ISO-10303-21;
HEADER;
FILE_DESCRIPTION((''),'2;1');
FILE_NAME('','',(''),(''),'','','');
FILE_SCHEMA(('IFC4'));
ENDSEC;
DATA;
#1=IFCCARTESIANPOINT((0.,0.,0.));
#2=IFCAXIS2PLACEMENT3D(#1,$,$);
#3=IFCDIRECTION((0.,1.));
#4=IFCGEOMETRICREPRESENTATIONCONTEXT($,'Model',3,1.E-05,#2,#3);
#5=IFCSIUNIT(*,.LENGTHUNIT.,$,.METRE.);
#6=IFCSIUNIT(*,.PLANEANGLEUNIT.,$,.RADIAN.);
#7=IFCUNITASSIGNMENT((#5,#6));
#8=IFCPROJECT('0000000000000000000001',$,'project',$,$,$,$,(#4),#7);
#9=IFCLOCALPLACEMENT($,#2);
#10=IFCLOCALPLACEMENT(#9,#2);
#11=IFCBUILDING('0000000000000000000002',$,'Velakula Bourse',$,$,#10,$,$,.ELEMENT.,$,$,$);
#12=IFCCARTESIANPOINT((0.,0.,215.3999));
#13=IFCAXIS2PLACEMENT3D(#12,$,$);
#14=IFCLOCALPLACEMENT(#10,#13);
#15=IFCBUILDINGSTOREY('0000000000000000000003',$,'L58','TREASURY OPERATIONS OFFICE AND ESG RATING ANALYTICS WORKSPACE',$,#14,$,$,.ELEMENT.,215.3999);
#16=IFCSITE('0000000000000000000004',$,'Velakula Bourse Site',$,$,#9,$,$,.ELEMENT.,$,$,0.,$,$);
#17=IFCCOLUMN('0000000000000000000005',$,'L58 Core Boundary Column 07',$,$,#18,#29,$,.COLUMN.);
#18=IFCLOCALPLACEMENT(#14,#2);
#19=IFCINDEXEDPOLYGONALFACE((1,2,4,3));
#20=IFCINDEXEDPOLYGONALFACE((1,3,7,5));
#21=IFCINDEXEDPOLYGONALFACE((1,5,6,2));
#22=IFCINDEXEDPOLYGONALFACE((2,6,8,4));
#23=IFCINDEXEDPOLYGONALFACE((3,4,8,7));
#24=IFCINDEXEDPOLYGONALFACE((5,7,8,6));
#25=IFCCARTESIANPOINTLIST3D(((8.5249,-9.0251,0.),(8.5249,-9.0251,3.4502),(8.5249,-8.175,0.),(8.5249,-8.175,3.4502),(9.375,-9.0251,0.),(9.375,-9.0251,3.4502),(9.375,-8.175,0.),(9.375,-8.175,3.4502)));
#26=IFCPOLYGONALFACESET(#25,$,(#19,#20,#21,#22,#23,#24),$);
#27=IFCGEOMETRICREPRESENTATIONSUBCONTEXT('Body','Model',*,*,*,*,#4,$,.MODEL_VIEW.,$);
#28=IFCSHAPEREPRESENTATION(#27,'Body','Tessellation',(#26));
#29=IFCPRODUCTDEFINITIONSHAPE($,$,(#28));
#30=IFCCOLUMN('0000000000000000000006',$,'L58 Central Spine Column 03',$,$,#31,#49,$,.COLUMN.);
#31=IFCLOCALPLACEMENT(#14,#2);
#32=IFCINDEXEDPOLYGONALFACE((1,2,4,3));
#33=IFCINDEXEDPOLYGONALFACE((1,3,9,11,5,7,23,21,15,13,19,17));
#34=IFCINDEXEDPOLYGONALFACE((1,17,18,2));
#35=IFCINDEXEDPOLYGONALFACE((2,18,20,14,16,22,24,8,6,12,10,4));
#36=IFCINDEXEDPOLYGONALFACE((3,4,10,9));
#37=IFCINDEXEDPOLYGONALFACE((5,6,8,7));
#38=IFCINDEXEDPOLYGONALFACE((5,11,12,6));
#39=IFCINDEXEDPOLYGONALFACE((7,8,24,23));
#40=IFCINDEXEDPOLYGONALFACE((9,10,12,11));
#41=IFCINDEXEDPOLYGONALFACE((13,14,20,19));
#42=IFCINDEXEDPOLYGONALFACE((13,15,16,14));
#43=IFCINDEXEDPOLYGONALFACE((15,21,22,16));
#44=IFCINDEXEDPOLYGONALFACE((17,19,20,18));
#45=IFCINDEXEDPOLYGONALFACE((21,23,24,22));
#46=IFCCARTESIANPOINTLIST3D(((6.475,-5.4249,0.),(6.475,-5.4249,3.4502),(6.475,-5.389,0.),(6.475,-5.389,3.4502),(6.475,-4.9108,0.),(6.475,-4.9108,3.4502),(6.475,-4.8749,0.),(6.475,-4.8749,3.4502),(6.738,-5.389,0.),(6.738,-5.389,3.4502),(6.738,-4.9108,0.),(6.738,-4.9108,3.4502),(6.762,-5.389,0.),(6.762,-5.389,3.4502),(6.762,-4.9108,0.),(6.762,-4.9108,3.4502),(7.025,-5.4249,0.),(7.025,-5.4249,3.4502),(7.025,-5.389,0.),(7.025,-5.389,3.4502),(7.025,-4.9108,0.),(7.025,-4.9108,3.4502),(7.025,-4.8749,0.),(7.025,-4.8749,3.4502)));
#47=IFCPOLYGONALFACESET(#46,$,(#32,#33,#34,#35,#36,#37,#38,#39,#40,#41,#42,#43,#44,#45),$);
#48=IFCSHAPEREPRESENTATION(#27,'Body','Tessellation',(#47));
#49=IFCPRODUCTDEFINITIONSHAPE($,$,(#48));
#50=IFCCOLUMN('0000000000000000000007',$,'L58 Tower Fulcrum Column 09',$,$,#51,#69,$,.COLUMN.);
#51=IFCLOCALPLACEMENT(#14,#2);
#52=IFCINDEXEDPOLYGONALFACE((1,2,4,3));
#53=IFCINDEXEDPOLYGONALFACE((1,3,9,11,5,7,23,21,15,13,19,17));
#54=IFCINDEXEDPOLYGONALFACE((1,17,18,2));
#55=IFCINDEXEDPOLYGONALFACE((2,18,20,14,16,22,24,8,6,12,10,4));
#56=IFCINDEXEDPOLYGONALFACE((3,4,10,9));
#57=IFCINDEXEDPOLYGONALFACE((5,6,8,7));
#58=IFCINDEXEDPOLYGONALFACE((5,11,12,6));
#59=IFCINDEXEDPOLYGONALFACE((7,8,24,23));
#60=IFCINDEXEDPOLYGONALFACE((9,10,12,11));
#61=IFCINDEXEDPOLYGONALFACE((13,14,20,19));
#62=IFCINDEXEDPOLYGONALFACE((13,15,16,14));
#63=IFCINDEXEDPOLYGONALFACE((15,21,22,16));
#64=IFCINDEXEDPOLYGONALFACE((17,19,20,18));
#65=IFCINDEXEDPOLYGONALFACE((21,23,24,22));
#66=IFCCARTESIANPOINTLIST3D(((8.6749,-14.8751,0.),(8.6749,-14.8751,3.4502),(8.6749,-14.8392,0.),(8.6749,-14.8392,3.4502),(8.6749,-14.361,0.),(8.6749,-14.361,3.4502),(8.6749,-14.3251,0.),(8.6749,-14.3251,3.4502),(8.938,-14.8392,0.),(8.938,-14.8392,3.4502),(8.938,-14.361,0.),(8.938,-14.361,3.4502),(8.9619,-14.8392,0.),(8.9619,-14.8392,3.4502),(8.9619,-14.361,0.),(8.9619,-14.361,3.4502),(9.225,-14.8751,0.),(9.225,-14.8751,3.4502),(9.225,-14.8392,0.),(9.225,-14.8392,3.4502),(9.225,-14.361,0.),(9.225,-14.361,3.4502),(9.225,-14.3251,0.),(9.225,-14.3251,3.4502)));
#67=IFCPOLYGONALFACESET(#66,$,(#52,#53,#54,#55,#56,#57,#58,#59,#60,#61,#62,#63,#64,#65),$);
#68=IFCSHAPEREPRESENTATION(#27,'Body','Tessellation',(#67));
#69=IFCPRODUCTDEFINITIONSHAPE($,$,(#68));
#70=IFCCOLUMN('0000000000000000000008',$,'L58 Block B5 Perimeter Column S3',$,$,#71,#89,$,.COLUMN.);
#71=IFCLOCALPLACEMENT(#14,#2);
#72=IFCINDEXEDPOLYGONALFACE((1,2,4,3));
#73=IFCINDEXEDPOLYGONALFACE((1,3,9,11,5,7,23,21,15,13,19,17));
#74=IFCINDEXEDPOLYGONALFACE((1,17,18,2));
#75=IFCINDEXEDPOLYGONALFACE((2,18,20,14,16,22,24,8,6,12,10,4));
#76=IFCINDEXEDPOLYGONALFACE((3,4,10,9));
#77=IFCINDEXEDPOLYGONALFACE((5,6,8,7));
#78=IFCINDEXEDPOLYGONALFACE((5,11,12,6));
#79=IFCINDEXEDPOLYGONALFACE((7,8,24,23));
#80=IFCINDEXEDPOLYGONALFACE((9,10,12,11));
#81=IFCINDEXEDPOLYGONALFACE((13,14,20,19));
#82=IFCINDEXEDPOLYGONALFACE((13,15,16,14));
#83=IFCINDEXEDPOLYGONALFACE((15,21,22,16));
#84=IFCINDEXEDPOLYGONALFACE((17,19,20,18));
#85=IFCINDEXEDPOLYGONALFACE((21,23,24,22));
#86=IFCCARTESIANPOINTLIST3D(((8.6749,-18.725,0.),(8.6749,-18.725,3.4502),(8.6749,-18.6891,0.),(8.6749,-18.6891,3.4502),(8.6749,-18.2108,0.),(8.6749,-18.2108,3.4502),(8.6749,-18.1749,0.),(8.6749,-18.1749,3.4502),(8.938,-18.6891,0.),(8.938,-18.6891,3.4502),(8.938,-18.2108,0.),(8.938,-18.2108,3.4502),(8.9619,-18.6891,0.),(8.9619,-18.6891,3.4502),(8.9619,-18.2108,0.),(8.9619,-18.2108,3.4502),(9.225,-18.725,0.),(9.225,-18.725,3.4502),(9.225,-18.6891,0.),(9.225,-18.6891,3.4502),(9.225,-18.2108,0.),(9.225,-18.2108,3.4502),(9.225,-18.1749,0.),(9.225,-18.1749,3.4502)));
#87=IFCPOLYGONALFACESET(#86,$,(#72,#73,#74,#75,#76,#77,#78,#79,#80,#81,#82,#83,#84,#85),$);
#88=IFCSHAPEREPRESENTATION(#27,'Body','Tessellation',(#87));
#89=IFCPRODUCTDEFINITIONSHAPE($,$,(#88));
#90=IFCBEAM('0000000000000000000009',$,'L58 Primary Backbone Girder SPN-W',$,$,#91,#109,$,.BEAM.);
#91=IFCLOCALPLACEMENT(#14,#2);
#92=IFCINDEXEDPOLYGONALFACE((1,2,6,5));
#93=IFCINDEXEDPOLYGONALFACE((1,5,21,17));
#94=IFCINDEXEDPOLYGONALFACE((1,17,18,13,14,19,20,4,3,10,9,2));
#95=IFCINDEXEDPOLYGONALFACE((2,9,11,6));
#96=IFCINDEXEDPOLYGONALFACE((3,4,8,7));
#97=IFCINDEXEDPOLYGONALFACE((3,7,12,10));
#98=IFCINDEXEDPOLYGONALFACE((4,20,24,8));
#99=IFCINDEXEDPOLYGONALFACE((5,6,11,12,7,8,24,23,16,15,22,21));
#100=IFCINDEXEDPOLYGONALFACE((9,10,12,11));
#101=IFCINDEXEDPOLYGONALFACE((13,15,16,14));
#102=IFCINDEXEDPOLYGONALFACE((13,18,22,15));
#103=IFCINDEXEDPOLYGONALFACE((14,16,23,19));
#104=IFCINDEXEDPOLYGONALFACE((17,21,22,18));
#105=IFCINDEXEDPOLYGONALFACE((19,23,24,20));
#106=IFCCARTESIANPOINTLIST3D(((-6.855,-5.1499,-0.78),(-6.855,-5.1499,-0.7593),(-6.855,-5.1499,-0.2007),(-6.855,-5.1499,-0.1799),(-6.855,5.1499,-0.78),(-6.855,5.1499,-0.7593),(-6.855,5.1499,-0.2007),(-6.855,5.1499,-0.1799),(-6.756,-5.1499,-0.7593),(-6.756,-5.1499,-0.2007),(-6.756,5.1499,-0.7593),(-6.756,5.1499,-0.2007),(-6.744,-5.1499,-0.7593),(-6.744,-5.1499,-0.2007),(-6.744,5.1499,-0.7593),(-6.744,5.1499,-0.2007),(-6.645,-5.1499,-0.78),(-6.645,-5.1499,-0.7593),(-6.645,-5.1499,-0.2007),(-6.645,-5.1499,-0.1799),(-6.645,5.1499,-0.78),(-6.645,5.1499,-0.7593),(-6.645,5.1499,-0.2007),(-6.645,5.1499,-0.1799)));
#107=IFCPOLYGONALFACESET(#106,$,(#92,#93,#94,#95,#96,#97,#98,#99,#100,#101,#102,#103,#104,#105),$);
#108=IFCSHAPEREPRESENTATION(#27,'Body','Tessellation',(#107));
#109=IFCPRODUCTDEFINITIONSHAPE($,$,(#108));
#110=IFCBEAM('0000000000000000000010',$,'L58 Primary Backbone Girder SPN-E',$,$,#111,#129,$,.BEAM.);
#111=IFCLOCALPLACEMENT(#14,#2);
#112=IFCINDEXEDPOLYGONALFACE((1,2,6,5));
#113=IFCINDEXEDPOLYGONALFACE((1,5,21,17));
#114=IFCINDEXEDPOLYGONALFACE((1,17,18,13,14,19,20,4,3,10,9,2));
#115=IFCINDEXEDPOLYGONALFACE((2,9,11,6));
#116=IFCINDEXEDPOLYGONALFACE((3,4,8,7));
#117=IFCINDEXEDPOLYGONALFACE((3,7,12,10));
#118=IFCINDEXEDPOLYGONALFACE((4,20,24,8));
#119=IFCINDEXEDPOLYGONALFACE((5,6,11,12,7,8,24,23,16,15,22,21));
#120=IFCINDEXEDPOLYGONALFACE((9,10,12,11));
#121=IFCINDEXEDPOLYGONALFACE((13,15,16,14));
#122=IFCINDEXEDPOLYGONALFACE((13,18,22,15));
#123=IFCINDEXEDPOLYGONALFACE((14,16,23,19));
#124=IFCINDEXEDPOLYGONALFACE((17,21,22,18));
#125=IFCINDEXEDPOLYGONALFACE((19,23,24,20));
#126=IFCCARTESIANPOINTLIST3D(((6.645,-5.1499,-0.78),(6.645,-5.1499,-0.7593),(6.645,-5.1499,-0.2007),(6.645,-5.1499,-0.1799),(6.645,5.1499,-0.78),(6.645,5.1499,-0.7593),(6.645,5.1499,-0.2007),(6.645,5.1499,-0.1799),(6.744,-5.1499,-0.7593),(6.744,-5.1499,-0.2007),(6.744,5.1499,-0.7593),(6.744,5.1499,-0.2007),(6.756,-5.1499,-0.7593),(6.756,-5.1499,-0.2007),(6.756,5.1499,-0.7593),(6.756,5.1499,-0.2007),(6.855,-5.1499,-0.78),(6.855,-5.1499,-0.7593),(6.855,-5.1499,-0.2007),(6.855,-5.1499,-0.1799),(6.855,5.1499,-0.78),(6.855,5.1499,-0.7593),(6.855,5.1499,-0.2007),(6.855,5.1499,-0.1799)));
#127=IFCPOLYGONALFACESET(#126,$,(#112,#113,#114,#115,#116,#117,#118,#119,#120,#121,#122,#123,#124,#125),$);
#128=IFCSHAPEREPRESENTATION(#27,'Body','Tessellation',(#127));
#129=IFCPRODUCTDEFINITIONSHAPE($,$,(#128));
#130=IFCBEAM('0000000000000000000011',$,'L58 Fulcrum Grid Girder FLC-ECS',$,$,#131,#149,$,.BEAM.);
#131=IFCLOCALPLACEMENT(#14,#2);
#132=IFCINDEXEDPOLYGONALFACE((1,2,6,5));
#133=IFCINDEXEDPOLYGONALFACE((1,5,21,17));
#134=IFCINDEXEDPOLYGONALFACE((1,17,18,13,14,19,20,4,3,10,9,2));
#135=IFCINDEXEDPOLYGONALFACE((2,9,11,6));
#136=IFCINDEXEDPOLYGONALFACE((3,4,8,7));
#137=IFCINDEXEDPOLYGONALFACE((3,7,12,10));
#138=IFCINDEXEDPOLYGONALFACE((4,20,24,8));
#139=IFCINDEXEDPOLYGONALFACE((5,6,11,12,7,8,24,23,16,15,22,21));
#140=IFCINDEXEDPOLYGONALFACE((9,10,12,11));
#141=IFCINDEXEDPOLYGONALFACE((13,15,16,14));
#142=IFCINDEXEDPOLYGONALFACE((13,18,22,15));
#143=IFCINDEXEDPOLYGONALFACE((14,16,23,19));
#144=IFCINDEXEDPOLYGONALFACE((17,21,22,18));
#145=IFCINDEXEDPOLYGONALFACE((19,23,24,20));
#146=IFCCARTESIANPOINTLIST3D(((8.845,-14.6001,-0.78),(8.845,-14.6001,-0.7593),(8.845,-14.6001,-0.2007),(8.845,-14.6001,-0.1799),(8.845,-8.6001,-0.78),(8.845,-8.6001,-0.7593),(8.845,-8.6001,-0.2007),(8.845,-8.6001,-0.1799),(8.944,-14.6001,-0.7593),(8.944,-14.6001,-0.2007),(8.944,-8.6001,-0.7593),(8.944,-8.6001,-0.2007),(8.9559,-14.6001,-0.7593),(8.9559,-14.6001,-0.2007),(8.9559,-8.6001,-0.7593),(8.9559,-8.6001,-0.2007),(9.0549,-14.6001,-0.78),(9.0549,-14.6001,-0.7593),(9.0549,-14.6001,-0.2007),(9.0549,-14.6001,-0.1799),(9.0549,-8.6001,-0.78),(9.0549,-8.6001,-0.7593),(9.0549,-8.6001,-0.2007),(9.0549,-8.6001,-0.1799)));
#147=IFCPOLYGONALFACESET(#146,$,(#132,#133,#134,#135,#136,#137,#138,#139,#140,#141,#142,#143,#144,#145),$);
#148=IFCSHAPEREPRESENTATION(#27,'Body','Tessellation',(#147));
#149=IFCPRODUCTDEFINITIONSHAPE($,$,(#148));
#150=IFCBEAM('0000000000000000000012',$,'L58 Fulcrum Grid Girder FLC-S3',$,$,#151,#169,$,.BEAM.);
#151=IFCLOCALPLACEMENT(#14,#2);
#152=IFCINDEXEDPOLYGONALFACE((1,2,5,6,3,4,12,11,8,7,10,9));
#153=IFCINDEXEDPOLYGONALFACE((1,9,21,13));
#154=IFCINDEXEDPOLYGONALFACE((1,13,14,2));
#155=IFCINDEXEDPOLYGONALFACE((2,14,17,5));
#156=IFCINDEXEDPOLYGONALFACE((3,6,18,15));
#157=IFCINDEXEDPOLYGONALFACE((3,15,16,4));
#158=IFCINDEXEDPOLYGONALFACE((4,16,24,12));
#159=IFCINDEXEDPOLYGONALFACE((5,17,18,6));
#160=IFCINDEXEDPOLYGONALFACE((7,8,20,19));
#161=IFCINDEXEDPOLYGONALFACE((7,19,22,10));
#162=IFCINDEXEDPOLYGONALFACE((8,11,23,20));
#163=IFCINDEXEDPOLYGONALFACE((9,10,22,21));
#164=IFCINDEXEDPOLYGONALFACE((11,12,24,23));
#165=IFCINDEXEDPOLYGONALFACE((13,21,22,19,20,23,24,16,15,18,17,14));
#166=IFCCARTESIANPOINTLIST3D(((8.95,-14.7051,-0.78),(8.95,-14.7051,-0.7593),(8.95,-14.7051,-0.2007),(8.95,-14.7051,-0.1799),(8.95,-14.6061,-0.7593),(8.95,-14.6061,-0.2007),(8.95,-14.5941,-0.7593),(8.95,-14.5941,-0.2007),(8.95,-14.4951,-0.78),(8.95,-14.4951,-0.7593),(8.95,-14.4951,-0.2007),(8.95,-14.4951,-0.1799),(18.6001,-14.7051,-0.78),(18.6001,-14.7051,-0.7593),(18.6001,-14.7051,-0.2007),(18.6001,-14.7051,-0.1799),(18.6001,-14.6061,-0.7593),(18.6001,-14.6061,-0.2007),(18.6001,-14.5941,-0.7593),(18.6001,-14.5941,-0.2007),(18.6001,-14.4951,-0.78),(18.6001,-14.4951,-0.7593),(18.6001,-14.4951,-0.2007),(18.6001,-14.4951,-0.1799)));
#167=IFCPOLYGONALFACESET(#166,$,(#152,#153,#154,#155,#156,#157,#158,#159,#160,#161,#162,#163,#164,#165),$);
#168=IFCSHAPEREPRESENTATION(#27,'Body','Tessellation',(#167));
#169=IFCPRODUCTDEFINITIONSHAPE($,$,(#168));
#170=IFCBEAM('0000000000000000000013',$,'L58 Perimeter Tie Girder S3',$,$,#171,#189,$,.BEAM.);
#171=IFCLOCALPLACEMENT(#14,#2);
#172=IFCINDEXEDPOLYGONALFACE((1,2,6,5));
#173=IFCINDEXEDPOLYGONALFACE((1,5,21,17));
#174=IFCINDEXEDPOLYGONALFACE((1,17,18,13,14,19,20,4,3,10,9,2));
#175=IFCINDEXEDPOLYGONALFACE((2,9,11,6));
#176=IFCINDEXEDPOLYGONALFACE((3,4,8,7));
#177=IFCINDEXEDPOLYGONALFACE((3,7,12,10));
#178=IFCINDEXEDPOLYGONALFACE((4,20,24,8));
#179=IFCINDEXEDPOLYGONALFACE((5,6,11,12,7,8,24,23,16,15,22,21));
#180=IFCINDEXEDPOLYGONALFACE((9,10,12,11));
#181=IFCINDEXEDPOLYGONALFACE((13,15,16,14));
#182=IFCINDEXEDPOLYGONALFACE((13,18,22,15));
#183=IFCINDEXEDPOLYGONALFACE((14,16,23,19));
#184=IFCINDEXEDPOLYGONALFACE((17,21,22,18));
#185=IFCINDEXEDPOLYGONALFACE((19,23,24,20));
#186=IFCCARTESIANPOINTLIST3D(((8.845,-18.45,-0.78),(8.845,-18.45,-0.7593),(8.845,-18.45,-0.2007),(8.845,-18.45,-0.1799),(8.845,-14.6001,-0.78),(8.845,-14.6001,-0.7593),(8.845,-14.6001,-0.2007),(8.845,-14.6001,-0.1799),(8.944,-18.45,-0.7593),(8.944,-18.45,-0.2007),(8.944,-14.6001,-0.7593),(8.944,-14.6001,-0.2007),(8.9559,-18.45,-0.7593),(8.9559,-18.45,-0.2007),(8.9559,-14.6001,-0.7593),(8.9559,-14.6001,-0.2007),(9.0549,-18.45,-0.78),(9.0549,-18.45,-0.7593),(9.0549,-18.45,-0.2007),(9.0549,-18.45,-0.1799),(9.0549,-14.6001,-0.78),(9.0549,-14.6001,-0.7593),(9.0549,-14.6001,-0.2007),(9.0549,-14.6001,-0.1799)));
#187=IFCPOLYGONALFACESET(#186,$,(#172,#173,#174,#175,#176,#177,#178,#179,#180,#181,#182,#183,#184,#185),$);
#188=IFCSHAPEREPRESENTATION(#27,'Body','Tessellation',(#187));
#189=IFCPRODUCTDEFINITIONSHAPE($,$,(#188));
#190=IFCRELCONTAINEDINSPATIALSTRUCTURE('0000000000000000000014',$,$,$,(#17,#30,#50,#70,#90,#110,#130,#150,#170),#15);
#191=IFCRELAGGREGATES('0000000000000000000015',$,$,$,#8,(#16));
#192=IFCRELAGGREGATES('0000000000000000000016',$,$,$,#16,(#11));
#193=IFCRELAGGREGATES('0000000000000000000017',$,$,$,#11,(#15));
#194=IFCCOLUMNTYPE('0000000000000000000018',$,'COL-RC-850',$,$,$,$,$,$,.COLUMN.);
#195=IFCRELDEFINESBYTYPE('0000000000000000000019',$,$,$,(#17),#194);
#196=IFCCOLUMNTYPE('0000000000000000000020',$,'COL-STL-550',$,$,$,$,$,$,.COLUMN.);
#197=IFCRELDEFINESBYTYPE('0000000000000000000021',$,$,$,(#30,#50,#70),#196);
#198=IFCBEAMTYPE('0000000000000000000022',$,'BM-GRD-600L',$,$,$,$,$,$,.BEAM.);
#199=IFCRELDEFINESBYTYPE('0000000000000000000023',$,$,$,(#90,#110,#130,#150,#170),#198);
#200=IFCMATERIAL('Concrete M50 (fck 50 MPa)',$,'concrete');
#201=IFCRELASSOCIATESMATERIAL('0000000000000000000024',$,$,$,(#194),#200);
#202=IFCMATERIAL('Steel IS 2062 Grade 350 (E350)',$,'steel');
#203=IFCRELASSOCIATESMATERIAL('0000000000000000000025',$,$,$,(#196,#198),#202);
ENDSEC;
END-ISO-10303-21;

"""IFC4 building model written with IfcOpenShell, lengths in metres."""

from ifc_helpers import new_model, si_unit, direction, frame, origin, origin_2d, place, context, subcontext, project, spatial, rectangle, i_section, extrude, material, material_profile, profile_set, type_object, element, save


model = new_model("IFC4")

# Units and contexts
model_context = context("Model", 3, precision=1e-05, world=origin(), true_north=direction((0.0, 1.0)))
body_context = subcontext(model_context, "Body", "Model", "MODEL_VIEW")
ifc_project = project(units=[si_unit("LENGTHUNIT", "METRE"), si_unit("PLANEANGLEUNIT", "RADIAN")], contexts=[model_context])

# Site, building, storey
site_placement = place(None, origin())
site = spatial("IfcSite", under=ifc_project, at=site_placement, Name="Velakula Bourse Site", CompositionType="ELEMENT", RefElevation=0.0)
building_placement = place(site_placement, origin())
building = spatial("IfcBuilding", under=site, at=building_placement, Name="Velakula Bourse", CompositionType="ELEMENT")
storey_placement = place(building_placement, frame((0.0, 0.0, 215.3999)))
storey = spatial("IfcBuildingStorey", under=building, at=storey_placement, Name="L58", Description="TREASURY OPERATIONS OFFICE AND ESG RATING ANALYTICS WORKSPACE", CompositionType="ELEMENT", Elevation=215.3999)

# Columns
ifc_material_1 = material(Name="Concrete M50 (fck 50 MPa)", Category="concrete")
ifc_material_profile_1 = material_profile(ifc_material_1, rectangle(XDim=0.8501, YDim=0.8501, at=origin_2d()), Name="Concrete M50 (fck 50 MPa)")
ifc_profile_set_1 = profile_set([ifc_material_profile_1], Name="Concrete M50 (fck 50 MPa)")
column_type_1 = type_object("IfcColumnType", Name="COL-RC-850", PredefinedType="COLUMN", material=ifc_profile_set_1)
column_placement = place(storey_placement, frame((8.95, -8.6001, 0.0), z_axis=(0.0, 0.0, 1.0), x_axis=(1.0, 0.0, 0.0)))
element("IfcColumn", 1, at=column_placement, inside=storey, type_object=column_type_1, Name="L58 Core Boundary Column 07", PredefinedType="COLUMN", context=body_context, shape_type="SweptSolid", body=[
    extrude(rectangle(XDim=0.8501, YDim=0.8501, at=origin_2d()), origin(), (0.0, 0.0, 1.0), 3.4502),
])
ifc_material_2 = material(Name="Steel IS 2062 Grade 350 (E350)", Category="steel")
ifc_material_profile_2 = material_profile(ifc_material_2, i_section(OverallWidth=0.55, OverallDepth=0.55, WebThickness=0.0239, FlangeThickness=0.0359, at=origin_2d()), Name="Steel IS 2062 Grade 350 (E350)")
ifc_profile_set_2 = profile_set([ifc_material_profile_2], Name="Steel IS 2062 Grade 350 (E350)")
column_type_2 = type_object("IfcColumnType", Name="COL-STL-550", PredefinedType="COLUMN", material=ifc_profile_set_2)
for number, where, z_axis, x_axis, name in (
    (2, (6.75, -5.1499, 0.0), (0.0, 0.0, 1.0), (1.0, 0.0, 0.0), "L58 Central Spine Column 03"),
    (3, (8.95, -14.6001, 0.0), (0.0, 0.0, 1.0), (1.0, 0.0, 0.0), "L58 Tower Fulcrum Column 09"),
    (4, (8.95, -18.45, 0.0), (0.0, 0.0, 1.0), (1.0, 0.0, 0.0), "L58 Block B5 Perimeter Column S3"),
):
    element("IfcColumn", number, at=place(storey_placement, frame(where, z_axis=z_axis, x_axis=x_axis)), inside=storey, type_object=column_type_2, Name=name, PredefinedType="COLUMN", context=body_context, shape_type="SweptSolid", body=[
        extrude(i_section(OverallWidth=0.55, OverallDepth=0.55, WebThickness=0.0239, FlangeThickness=0.0359, at=origin_2d()), origin(), (0.0, 0.0, 1.0), 3.4502),
    ])

# Beams
ifc_material_profile_3 = material_profile(ifc_material_2, i_section(OverallWidth=0.21, OverallDepth=0.6001, WebThickness=0.012, FlangeThickness=0.0208, at=origin_2d()), Name="Steel IS 2062 Grade 350 (E350)")
ifc_profile_set_3 = profile_set([ifc_material_profile_3], Name="Steel IS 2062 Grade 350 (E350)")
beam_type_1 = type_object("IfcBeamType", Name="BM-GRD-600L", PredefinedType="BEAM", material=ifc_profile_set_3)
for number, where, z_axis, x_axis, name in (
    (5, (-6.75, -5.1499, -0.48), (0.0, 1.0, 0.0), (-1.0, 0.0, 0.0), "L58 Primary Backbone Girder SPN-W"),
    (6, (6.75, -5.1499, -0.48), (0.0, 1.0, 0.0), (-1.0, 0.0, 0.0), "L58 Primary Backbone Girder SPN-E"),
):
    element("IfcBeam", number, at=place(storey_placement, frame(where, z_axis=z_axis, x_axis=x_axis)), inside=storey, type_object=beam_type_1, Name=name, PredefinedType="BEAM", context=body_context, shape_type="SweptSolid", body=[
        extrude(i_section(OverallWidth=0.21, OverallDepth=0.6001, WebThickness=0.012, FlangeThickness=0.0208, at=origin_2d()), origin(), (0.0, 0.0, 1.0), 10.2998),
    ])
beam_1_placement = place(storey_placement, frame((8.95, -14.6001, -0.48), z_axis=(0.0, 1.0, 0.0), x_axis=(-1.0, 0.0, 0.0)))
element("IfcBeam", 7, at=beam_1_placement, inside=storey, type_object=beam_type_1, Name="L58 Fulcrum Grid Girder FLC-ECS", PredefinedType="BEAM", context=body_context, shape_type="SweptSolid", body=[
    extrude(i_section(OverallWidth=0.21, OverallDepth=0.6001, WebThickness=0.012, FlangeThickness=0.0208, at=origin_2d()), origin(), (0.0, 0.0, 1.0), 6.0),
])
beam_2_placement = place(storey_placement, frame((8.95, -14.6001, -0.48), z_axis=(1.0, 0.0, 0.0), x_axis=(0.0, 1.0, 0.0)))
element("IfcBeam", 8, at=beam_2_placement, inside=storey, type_object=beam_type_1, Name="L58 Fulcrum Grid Girder FLC-S3", PredefinedType="BEAM", context=body_context, shape_type="SweptSolid", body=[
    extrude(i_section(OverallWidth=0.21, OverallDepth=0.6001, WebThickness=0.012, FlangeThickness=0.0208, at=origin_2d()), origin(), (0.0, 0.0, 1.0), 9.6501),
])
beam_3_placement = place(storey_placement, frame((8.95, -14.6001, -0.48), z_axis=(0.0, -1.0, 0.0), x_axis=(1.0, 0.0, 0.0)))
element("IfcBeam", 9, at=beam_3_placement, inside=storey, type_object=beam_type_1, Name="L58 Perimeter Tie Girder S3", PredefinedType="BEAM", context=body_context, shape_type="SweptSolid", body=[
    extrude(i_section(OverallWidth=0.21, OverallDepth=0.6001, WebThickness=0.012, FlangeThickness=0.0208, at=origin_2d()), origin(), (0.0, 0.0, 1.0), 3.8499),
])

save(model, "model.ifc")
